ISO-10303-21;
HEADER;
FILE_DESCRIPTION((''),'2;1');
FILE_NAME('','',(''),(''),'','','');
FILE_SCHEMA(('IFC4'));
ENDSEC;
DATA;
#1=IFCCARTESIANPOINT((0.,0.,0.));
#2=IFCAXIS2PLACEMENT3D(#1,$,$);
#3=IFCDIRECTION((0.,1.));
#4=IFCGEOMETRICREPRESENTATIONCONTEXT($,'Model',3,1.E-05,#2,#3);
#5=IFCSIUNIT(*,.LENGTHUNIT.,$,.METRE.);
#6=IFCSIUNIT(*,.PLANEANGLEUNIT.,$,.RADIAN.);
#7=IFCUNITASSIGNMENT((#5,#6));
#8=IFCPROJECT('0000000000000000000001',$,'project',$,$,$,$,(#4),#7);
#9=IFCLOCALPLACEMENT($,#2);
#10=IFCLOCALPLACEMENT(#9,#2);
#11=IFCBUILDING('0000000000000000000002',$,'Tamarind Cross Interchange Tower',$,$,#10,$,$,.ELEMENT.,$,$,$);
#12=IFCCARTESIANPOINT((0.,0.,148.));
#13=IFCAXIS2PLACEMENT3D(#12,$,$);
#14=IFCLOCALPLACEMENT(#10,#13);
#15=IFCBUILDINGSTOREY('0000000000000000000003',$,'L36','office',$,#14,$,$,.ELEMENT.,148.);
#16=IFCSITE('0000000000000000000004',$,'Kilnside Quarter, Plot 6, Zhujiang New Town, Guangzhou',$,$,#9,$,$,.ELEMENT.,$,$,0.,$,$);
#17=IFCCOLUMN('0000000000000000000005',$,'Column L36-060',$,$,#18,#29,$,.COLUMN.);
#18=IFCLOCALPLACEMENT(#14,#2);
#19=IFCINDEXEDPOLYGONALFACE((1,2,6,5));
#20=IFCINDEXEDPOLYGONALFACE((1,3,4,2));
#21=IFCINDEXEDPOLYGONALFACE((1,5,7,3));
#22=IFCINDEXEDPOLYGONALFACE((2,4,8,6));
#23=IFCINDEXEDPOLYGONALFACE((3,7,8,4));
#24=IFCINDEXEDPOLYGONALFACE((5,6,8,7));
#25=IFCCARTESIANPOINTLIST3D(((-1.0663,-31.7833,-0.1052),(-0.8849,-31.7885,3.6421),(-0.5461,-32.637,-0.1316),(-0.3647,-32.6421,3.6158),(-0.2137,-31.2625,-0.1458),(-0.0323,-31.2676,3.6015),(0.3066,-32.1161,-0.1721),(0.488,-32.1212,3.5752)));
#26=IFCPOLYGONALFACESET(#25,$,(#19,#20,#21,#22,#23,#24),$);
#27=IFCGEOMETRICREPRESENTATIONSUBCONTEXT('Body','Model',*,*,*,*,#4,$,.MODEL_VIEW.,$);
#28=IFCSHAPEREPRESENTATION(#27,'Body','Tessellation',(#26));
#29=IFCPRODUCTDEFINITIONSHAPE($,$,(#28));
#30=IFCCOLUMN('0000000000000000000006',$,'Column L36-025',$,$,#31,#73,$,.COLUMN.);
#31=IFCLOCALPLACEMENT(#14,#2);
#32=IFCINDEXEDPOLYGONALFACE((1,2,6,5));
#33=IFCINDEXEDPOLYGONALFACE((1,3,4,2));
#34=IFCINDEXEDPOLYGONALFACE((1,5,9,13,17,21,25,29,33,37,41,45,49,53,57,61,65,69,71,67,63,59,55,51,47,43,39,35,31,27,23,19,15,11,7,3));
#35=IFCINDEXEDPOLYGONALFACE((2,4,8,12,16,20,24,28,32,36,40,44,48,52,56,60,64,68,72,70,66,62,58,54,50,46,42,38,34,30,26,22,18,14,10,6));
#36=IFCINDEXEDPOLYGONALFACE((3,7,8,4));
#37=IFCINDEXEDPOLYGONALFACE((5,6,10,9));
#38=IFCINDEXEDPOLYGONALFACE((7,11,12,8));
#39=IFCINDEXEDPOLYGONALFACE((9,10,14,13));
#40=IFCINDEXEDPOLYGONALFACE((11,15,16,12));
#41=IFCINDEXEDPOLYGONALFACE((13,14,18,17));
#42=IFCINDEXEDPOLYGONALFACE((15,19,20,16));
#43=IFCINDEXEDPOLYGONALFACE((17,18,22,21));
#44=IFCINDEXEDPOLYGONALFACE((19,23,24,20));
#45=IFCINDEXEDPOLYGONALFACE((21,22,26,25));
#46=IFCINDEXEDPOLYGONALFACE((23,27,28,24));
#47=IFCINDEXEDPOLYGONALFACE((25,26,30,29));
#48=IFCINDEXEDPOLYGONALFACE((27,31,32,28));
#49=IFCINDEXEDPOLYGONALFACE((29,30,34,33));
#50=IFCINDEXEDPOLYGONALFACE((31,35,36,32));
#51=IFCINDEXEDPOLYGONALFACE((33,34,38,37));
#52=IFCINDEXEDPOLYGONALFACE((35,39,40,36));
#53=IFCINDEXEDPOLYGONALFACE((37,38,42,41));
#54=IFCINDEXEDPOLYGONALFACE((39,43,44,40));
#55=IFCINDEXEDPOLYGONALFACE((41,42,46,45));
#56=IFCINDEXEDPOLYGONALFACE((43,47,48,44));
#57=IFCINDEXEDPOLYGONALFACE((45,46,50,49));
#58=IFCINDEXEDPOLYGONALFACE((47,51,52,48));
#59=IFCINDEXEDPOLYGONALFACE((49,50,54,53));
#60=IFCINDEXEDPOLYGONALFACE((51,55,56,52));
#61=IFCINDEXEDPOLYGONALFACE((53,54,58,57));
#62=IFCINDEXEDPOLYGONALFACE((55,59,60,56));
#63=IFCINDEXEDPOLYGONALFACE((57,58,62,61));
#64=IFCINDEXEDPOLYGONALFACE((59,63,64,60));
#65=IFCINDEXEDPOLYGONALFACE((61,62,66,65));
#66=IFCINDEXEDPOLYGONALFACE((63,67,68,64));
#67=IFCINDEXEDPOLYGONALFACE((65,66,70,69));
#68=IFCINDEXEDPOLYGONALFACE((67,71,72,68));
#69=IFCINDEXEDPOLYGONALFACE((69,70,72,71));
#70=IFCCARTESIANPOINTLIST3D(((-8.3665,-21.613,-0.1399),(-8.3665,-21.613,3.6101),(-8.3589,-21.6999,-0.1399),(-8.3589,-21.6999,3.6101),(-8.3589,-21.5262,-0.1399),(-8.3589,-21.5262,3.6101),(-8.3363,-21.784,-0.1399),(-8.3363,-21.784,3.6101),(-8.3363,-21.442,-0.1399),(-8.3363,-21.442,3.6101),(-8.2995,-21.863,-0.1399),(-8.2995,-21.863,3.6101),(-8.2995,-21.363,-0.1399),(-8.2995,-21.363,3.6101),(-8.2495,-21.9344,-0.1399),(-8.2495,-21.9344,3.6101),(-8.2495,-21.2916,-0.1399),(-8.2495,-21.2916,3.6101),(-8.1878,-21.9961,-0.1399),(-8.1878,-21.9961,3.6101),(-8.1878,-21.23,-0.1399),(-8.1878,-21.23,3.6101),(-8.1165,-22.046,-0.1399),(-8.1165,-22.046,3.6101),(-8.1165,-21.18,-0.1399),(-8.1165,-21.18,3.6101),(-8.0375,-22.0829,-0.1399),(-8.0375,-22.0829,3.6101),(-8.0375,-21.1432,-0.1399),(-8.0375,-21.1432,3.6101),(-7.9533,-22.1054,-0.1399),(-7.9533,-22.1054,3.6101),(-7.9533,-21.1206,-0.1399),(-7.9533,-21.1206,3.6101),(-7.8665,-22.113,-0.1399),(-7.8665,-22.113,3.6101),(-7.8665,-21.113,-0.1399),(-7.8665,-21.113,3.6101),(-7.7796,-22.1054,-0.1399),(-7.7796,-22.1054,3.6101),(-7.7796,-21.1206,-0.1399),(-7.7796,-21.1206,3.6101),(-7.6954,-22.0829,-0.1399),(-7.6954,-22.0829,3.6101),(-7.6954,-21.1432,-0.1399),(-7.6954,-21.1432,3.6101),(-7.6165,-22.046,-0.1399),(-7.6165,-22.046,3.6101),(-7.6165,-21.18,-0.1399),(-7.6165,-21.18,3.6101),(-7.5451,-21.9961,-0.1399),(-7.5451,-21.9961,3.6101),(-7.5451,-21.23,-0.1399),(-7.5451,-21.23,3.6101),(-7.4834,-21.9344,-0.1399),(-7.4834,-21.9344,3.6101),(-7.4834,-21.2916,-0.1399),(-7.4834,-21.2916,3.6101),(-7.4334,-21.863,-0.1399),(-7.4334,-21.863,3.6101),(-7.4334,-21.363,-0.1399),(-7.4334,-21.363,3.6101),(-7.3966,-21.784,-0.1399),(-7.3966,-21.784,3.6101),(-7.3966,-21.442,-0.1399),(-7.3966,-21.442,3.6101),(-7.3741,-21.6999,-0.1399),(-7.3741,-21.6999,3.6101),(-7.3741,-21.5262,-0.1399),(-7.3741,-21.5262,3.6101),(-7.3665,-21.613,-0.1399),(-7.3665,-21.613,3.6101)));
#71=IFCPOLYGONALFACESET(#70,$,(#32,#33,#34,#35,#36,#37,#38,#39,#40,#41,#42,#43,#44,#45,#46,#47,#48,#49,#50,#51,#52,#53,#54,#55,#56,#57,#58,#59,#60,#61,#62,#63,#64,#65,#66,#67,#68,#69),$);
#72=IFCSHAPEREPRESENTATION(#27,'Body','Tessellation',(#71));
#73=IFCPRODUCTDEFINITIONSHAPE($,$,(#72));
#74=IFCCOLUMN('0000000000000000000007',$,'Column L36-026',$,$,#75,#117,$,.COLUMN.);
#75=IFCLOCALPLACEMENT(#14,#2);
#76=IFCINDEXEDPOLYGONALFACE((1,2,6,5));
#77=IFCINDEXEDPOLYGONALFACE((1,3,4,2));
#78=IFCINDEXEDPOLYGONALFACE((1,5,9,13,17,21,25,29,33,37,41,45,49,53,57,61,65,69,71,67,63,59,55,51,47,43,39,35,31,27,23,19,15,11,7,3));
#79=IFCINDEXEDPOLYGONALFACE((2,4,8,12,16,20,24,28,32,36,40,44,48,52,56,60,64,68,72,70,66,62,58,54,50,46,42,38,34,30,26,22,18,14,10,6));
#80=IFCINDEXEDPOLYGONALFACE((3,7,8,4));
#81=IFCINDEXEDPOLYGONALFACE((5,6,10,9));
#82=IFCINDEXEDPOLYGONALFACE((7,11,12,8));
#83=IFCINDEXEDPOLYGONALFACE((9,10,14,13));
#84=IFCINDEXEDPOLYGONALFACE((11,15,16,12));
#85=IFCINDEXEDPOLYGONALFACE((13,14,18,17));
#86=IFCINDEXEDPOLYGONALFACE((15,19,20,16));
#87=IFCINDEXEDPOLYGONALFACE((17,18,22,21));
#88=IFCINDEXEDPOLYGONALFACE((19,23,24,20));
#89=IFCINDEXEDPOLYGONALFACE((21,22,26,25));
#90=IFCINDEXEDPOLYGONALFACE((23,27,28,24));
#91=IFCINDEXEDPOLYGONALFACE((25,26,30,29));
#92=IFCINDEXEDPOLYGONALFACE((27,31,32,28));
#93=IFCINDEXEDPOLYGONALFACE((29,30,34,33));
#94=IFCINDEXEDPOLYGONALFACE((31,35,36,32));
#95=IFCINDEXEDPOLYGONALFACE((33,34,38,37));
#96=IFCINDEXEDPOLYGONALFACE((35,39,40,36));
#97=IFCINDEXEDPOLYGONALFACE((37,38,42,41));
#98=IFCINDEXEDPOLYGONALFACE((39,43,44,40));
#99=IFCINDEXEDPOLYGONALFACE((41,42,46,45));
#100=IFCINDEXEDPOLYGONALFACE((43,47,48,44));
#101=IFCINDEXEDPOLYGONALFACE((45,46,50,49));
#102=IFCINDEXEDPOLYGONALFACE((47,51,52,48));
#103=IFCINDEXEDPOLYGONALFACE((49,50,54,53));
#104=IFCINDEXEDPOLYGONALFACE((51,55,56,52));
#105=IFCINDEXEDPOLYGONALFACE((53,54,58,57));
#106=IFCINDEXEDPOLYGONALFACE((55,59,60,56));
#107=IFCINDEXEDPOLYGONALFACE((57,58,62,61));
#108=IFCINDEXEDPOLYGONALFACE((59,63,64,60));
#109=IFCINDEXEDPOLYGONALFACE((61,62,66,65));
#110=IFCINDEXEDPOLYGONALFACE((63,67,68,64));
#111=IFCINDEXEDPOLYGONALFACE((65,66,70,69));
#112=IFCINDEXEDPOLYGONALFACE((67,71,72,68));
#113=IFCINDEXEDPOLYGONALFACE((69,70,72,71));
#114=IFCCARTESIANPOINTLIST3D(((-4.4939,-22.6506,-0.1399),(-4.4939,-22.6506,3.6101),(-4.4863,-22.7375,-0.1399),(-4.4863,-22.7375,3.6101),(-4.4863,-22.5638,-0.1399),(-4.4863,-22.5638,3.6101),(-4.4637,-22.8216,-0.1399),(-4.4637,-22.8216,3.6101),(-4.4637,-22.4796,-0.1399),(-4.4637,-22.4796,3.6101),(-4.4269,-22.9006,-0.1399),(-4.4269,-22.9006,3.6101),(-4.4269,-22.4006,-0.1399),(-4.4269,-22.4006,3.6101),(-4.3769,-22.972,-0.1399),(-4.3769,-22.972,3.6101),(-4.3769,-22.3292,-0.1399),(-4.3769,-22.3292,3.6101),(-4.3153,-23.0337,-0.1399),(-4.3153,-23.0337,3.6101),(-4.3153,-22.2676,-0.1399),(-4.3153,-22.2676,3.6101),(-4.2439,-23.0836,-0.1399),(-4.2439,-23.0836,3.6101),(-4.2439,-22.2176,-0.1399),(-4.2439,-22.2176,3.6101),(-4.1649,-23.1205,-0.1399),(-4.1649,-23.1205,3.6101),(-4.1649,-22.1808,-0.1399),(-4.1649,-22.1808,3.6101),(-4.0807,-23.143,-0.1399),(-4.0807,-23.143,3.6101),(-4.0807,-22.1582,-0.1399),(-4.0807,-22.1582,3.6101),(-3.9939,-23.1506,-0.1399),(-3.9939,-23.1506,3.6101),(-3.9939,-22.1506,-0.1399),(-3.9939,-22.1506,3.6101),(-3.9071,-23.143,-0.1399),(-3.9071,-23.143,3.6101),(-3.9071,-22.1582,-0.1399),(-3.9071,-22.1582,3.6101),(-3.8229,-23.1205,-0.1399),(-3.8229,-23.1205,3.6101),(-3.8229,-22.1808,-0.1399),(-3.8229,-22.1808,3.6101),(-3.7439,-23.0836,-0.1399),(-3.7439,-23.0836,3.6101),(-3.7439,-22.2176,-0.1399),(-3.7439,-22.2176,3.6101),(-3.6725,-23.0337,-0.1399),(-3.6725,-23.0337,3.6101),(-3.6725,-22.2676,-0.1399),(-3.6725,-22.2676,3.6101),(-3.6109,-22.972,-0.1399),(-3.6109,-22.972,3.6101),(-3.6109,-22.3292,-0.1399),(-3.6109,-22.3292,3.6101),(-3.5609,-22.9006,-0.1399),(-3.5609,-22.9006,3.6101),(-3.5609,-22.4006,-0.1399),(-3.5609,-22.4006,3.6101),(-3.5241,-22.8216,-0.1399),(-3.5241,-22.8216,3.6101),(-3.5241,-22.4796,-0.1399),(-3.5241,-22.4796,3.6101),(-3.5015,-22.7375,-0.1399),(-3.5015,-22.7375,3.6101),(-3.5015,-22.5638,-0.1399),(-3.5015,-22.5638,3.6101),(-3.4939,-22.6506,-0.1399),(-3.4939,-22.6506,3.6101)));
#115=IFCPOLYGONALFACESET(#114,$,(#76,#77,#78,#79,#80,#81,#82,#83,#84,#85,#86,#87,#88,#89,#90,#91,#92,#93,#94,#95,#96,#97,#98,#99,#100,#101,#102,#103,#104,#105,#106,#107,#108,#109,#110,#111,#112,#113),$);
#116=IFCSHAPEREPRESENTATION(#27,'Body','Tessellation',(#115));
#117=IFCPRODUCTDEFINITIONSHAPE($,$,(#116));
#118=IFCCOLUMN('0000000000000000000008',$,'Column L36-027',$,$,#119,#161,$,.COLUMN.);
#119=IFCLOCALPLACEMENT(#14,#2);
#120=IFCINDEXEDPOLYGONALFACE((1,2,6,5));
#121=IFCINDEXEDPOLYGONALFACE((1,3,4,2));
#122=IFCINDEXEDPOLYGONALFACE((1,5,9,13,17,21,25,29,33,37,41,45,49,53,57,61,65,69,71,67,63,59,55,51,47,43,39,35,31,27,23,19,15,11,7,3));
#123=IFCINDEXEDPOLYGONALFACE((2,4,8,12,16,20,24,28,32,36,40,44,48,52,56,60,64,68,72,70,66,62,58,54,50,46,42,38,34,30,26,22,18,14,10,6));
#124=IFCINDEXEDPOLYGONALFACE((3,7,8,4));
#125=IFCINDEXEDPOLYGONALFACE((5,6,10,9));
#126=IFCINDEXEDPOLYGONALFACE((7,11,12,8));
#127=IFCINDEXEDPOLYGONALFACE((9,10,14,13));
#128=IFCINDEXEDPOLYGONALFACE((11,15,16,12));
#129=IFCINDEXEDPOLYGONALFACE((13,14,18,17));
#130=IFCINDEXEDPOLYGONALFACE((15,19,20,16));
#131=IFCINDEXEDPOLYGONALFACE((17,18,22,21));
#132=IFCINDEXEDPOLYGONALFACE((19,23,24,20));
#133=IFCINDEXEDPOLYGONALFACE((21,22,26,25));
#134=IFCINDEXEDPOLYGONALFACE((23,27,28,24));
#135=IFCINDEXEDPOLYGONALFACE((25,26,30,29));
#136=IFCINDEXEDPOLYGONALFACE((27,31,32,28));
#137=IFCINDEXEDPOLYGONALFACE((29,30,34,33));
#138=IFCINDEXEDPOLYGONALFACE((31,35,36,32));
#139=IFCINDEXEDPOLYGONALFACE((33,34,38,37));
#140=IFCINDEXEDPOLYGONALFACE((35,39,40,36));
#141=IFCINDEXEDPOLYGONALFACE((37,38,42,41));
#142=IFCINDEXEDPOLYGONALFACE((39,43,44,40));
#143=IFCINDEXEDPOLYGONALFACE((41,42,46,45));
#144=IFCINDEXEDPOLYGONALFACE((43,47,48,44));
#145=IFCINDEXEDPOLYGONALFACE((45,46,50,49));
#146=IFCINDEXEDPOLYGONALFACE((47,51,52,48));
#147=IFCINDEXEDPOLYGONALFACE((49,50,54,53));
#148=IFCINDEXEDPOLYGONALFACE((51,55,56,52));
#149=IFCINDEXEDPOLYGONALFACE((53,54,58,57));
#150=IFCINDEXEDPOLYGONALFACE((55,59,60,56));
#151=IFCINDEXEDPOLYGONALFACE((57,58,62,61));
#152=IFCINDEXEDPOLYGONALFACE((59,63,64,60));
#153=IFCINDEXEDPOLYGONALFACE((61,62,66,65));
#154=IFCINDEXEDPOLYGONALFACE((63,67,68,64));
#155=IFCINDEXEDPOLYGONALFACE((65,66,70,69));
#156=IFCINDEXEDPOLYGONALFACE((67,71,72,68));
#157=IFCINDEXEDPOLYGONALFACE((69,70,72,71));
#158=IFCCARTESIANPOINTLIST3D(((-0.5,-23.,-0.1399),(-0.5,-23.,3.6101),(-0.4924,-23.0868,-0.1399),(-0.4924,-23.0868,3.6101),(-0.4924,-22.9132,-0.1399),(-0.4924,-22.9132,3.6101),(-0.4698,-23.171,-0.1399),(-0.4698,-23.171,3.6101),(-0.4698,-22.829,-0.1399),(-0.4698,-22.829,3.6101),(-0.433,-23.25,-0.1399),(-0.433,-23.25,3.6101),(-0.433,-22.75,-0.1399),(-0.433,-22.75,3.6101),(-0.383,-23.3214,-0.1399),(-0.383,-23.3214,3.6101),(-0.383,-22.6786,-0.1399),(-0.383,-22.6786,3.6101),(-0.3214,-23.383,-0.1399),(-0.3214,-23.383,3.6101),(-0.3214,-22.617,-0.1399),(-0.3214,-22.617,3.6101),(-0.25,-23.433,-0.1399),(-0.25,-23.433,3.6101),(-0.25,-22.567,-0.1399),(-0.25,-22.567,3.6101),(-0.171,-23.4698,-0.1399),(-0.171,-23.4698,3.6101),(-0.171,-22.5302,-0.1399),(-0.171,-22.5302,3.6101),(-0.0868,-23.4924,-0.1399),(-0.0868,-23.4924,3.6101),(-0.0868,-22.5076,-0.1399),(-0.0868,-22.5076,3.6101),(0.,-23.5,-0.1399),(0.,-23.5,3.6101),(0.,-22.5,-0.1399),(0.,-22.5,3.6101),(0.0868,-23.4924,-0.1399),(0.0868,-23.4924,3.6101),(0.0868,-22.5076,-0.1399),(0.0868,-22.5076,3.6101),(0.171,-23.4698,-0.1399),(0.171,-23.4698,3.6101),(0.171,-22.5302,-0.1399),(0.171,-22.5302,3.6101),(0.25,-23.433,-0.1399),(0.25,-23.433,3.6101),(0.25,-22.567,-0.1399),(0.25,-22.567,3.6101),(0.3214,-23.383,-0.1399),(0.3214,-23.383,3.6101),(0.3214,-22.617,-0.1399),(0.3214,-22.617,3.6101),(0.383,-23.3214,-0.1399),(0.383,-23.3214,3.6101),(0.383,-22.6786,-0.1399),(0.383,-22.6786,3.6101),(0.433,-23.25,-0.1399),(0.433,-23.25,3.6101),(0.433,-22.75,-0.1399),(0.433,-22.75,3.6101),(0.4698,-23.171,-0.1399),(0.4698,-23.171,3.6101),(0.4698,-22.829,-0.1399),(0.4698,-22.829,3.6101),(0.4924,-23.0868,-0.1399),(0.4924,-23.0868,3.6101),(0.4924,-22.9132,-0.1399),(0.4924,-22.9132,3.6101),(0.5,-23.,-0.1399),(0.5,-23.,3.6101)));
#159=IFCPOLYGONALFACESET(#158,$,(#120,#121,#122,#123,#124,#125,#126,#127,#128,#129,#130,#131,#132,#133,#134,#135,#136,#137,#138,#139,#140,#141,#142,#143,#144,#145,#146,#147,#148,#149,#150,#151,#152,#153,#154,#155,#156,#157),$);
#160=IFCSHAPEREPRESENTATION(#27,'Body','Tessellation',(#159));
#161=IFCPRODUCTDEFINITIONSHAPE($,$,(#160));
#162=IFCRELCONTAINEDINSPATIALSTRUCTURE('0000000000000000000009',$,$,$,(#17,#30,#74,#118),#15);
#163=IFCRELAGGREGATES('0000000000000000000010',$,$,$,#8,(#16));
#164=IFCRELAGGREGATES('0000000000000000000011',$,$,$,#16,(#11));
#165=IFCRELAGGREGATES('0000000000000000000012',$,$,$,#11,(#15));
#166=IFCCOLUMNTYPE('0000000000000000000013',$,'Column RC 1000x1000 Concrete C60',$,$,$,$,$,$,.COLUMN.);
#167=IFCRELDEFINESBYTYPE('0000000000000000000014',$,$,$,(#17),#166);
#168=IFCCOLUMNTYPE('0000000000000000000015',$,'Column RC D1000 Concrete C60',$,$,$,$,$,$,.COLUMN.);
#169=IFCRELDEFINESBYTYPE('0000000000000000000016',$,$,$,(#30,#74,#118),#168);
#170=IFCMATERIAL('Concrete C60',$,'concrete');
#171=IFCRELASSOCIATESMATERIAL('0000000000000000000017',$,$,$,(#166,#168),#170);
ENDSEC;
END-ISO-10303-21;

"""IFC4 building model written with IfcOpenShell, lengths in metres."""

from ifc_helpers import new_model, si_unit, direction, frame, origin, origin_2d, place, context, subcontext, project, spatial, rectangle, circle, extrude, material, material_profile, profile_set, type_object, element, save


model = new_model("IFC4")

# Units and contexts
model_context = context("Model", 3, precision=1e-05, world=origin(), true_north=direction((0.0, 1.0)))
body_context = subcontext(model_context, "Body", "Model", "MODEL_VIEW")
ifc_project = project(units=[si_unit("LENGTHUNIT", "METRE"), si_unit("PLANEANGLEUNIT", "RADIAN")], contexts=[model_context])

# Site, building, storey
site_placement = place(None, origin())
site = spatial("IfcSite", under=ifc_project, at=site_placement, Name="Kilnside Quarter, Plot 6, Zhujiang New Town, Guangzhou", CompositionType="ELEMENT", RefElevation=0.0)
building_placement = place(site_placement, origin())
building = spatial("IfcBuilding", under=site, at=building_placement, Name="Tamarind Cross Interchange Tower", CompositionType="ELEMENT")
storey_placement = place(building_placement, frame((0.0, 0.0, 148.0)))
storey = spatial("IfcBuildingStorey", under=building, at=storey_placement, Name="L36", Description="office", CompositionType="ELEMENT", Elevation=148.0)

# Columns
ifc_material_1 = material(Name="Concrete C60", Category="concrete")
ifc_material_profile_1 = material_profile(ifc_material_1, rectangle(XDim=1.0, YDim=1.0, at=origin_2d()), Name="RC 1000x1000")
ifc_profile_set_1 = profile_set([ifc_material_profile_1], Name="Concrete C60")
column_type_1 = type_object("IfcColumnType", Name="Column RC 1000x1000 Concrete C60", PredefinedType="COLUMN", material=ifc_profile_set_1)
column_placement = place(storey_placement, frame((-0.3799, -31.9497, -0.1387), z_axis=(0.04835, -0.001367, 0.99883), x_axis=(-0.52021, 0.853632, 0.02635)))
element("IfcColumn", 1, at=column_placement, inside=storey, type_object=column_type_1, Name="Column L36-060", PredefinedType="COLUMN", context=body_context, shape_type="SweptSolid", body=[
    extrude(rectangle(XDim=1.0, YDim=1.0, at=origin_2d()), origin(), (0.0, 0.0, 1.0), 3.7517),
])
ifc_material_profile_2 = material_profile(ifc_material_1, circle(Radius=0.5, at=origin_2d()), Name="RC D1000")
ifc_profile_set_2 = profile_set([ifc_material_profile_2], Name="Concrete C60")
column_type_2 = type_object("IfcColumnType", Name="Column RC D1000 Concrete C60", PredefinedType="COLUMN", material=ifc_profile_set_2)
for number, where, z_axis, x_axis, name in (
    (2, (-7.8665, -21.613, -0.1399), (0.0, 0.0, 1.0), (1.0, 0.0, 0.0), "Column L36-025"),
    (3, (-3.9939, -22.6506, -0.1399), (0.0, 0.0, 1.0), (1.0, 0.0, 0.0), "Column L36-026"),
    (4, (0.0, -23.0, -0.1399), (0.0, 0.0, 1.0), (1.0, 0.0, 0.0), "Column L36-027"),
):
    element("IfcColumn", number, at=place(storey_placement, frame(where, z_axis=z_axis, x_axis=x_axis)), inside=storey, type_object=column_type_2, Name=name, PredefinedType="COLUMN", context=body_context, shape_type="SweptSolid", body=[
        extrude(circle(Radius=0.5, at=origin_2d()), origin(), (0.0, 0.0, 1.0), 3.75),
    ])

save(model, "model.ifc")
